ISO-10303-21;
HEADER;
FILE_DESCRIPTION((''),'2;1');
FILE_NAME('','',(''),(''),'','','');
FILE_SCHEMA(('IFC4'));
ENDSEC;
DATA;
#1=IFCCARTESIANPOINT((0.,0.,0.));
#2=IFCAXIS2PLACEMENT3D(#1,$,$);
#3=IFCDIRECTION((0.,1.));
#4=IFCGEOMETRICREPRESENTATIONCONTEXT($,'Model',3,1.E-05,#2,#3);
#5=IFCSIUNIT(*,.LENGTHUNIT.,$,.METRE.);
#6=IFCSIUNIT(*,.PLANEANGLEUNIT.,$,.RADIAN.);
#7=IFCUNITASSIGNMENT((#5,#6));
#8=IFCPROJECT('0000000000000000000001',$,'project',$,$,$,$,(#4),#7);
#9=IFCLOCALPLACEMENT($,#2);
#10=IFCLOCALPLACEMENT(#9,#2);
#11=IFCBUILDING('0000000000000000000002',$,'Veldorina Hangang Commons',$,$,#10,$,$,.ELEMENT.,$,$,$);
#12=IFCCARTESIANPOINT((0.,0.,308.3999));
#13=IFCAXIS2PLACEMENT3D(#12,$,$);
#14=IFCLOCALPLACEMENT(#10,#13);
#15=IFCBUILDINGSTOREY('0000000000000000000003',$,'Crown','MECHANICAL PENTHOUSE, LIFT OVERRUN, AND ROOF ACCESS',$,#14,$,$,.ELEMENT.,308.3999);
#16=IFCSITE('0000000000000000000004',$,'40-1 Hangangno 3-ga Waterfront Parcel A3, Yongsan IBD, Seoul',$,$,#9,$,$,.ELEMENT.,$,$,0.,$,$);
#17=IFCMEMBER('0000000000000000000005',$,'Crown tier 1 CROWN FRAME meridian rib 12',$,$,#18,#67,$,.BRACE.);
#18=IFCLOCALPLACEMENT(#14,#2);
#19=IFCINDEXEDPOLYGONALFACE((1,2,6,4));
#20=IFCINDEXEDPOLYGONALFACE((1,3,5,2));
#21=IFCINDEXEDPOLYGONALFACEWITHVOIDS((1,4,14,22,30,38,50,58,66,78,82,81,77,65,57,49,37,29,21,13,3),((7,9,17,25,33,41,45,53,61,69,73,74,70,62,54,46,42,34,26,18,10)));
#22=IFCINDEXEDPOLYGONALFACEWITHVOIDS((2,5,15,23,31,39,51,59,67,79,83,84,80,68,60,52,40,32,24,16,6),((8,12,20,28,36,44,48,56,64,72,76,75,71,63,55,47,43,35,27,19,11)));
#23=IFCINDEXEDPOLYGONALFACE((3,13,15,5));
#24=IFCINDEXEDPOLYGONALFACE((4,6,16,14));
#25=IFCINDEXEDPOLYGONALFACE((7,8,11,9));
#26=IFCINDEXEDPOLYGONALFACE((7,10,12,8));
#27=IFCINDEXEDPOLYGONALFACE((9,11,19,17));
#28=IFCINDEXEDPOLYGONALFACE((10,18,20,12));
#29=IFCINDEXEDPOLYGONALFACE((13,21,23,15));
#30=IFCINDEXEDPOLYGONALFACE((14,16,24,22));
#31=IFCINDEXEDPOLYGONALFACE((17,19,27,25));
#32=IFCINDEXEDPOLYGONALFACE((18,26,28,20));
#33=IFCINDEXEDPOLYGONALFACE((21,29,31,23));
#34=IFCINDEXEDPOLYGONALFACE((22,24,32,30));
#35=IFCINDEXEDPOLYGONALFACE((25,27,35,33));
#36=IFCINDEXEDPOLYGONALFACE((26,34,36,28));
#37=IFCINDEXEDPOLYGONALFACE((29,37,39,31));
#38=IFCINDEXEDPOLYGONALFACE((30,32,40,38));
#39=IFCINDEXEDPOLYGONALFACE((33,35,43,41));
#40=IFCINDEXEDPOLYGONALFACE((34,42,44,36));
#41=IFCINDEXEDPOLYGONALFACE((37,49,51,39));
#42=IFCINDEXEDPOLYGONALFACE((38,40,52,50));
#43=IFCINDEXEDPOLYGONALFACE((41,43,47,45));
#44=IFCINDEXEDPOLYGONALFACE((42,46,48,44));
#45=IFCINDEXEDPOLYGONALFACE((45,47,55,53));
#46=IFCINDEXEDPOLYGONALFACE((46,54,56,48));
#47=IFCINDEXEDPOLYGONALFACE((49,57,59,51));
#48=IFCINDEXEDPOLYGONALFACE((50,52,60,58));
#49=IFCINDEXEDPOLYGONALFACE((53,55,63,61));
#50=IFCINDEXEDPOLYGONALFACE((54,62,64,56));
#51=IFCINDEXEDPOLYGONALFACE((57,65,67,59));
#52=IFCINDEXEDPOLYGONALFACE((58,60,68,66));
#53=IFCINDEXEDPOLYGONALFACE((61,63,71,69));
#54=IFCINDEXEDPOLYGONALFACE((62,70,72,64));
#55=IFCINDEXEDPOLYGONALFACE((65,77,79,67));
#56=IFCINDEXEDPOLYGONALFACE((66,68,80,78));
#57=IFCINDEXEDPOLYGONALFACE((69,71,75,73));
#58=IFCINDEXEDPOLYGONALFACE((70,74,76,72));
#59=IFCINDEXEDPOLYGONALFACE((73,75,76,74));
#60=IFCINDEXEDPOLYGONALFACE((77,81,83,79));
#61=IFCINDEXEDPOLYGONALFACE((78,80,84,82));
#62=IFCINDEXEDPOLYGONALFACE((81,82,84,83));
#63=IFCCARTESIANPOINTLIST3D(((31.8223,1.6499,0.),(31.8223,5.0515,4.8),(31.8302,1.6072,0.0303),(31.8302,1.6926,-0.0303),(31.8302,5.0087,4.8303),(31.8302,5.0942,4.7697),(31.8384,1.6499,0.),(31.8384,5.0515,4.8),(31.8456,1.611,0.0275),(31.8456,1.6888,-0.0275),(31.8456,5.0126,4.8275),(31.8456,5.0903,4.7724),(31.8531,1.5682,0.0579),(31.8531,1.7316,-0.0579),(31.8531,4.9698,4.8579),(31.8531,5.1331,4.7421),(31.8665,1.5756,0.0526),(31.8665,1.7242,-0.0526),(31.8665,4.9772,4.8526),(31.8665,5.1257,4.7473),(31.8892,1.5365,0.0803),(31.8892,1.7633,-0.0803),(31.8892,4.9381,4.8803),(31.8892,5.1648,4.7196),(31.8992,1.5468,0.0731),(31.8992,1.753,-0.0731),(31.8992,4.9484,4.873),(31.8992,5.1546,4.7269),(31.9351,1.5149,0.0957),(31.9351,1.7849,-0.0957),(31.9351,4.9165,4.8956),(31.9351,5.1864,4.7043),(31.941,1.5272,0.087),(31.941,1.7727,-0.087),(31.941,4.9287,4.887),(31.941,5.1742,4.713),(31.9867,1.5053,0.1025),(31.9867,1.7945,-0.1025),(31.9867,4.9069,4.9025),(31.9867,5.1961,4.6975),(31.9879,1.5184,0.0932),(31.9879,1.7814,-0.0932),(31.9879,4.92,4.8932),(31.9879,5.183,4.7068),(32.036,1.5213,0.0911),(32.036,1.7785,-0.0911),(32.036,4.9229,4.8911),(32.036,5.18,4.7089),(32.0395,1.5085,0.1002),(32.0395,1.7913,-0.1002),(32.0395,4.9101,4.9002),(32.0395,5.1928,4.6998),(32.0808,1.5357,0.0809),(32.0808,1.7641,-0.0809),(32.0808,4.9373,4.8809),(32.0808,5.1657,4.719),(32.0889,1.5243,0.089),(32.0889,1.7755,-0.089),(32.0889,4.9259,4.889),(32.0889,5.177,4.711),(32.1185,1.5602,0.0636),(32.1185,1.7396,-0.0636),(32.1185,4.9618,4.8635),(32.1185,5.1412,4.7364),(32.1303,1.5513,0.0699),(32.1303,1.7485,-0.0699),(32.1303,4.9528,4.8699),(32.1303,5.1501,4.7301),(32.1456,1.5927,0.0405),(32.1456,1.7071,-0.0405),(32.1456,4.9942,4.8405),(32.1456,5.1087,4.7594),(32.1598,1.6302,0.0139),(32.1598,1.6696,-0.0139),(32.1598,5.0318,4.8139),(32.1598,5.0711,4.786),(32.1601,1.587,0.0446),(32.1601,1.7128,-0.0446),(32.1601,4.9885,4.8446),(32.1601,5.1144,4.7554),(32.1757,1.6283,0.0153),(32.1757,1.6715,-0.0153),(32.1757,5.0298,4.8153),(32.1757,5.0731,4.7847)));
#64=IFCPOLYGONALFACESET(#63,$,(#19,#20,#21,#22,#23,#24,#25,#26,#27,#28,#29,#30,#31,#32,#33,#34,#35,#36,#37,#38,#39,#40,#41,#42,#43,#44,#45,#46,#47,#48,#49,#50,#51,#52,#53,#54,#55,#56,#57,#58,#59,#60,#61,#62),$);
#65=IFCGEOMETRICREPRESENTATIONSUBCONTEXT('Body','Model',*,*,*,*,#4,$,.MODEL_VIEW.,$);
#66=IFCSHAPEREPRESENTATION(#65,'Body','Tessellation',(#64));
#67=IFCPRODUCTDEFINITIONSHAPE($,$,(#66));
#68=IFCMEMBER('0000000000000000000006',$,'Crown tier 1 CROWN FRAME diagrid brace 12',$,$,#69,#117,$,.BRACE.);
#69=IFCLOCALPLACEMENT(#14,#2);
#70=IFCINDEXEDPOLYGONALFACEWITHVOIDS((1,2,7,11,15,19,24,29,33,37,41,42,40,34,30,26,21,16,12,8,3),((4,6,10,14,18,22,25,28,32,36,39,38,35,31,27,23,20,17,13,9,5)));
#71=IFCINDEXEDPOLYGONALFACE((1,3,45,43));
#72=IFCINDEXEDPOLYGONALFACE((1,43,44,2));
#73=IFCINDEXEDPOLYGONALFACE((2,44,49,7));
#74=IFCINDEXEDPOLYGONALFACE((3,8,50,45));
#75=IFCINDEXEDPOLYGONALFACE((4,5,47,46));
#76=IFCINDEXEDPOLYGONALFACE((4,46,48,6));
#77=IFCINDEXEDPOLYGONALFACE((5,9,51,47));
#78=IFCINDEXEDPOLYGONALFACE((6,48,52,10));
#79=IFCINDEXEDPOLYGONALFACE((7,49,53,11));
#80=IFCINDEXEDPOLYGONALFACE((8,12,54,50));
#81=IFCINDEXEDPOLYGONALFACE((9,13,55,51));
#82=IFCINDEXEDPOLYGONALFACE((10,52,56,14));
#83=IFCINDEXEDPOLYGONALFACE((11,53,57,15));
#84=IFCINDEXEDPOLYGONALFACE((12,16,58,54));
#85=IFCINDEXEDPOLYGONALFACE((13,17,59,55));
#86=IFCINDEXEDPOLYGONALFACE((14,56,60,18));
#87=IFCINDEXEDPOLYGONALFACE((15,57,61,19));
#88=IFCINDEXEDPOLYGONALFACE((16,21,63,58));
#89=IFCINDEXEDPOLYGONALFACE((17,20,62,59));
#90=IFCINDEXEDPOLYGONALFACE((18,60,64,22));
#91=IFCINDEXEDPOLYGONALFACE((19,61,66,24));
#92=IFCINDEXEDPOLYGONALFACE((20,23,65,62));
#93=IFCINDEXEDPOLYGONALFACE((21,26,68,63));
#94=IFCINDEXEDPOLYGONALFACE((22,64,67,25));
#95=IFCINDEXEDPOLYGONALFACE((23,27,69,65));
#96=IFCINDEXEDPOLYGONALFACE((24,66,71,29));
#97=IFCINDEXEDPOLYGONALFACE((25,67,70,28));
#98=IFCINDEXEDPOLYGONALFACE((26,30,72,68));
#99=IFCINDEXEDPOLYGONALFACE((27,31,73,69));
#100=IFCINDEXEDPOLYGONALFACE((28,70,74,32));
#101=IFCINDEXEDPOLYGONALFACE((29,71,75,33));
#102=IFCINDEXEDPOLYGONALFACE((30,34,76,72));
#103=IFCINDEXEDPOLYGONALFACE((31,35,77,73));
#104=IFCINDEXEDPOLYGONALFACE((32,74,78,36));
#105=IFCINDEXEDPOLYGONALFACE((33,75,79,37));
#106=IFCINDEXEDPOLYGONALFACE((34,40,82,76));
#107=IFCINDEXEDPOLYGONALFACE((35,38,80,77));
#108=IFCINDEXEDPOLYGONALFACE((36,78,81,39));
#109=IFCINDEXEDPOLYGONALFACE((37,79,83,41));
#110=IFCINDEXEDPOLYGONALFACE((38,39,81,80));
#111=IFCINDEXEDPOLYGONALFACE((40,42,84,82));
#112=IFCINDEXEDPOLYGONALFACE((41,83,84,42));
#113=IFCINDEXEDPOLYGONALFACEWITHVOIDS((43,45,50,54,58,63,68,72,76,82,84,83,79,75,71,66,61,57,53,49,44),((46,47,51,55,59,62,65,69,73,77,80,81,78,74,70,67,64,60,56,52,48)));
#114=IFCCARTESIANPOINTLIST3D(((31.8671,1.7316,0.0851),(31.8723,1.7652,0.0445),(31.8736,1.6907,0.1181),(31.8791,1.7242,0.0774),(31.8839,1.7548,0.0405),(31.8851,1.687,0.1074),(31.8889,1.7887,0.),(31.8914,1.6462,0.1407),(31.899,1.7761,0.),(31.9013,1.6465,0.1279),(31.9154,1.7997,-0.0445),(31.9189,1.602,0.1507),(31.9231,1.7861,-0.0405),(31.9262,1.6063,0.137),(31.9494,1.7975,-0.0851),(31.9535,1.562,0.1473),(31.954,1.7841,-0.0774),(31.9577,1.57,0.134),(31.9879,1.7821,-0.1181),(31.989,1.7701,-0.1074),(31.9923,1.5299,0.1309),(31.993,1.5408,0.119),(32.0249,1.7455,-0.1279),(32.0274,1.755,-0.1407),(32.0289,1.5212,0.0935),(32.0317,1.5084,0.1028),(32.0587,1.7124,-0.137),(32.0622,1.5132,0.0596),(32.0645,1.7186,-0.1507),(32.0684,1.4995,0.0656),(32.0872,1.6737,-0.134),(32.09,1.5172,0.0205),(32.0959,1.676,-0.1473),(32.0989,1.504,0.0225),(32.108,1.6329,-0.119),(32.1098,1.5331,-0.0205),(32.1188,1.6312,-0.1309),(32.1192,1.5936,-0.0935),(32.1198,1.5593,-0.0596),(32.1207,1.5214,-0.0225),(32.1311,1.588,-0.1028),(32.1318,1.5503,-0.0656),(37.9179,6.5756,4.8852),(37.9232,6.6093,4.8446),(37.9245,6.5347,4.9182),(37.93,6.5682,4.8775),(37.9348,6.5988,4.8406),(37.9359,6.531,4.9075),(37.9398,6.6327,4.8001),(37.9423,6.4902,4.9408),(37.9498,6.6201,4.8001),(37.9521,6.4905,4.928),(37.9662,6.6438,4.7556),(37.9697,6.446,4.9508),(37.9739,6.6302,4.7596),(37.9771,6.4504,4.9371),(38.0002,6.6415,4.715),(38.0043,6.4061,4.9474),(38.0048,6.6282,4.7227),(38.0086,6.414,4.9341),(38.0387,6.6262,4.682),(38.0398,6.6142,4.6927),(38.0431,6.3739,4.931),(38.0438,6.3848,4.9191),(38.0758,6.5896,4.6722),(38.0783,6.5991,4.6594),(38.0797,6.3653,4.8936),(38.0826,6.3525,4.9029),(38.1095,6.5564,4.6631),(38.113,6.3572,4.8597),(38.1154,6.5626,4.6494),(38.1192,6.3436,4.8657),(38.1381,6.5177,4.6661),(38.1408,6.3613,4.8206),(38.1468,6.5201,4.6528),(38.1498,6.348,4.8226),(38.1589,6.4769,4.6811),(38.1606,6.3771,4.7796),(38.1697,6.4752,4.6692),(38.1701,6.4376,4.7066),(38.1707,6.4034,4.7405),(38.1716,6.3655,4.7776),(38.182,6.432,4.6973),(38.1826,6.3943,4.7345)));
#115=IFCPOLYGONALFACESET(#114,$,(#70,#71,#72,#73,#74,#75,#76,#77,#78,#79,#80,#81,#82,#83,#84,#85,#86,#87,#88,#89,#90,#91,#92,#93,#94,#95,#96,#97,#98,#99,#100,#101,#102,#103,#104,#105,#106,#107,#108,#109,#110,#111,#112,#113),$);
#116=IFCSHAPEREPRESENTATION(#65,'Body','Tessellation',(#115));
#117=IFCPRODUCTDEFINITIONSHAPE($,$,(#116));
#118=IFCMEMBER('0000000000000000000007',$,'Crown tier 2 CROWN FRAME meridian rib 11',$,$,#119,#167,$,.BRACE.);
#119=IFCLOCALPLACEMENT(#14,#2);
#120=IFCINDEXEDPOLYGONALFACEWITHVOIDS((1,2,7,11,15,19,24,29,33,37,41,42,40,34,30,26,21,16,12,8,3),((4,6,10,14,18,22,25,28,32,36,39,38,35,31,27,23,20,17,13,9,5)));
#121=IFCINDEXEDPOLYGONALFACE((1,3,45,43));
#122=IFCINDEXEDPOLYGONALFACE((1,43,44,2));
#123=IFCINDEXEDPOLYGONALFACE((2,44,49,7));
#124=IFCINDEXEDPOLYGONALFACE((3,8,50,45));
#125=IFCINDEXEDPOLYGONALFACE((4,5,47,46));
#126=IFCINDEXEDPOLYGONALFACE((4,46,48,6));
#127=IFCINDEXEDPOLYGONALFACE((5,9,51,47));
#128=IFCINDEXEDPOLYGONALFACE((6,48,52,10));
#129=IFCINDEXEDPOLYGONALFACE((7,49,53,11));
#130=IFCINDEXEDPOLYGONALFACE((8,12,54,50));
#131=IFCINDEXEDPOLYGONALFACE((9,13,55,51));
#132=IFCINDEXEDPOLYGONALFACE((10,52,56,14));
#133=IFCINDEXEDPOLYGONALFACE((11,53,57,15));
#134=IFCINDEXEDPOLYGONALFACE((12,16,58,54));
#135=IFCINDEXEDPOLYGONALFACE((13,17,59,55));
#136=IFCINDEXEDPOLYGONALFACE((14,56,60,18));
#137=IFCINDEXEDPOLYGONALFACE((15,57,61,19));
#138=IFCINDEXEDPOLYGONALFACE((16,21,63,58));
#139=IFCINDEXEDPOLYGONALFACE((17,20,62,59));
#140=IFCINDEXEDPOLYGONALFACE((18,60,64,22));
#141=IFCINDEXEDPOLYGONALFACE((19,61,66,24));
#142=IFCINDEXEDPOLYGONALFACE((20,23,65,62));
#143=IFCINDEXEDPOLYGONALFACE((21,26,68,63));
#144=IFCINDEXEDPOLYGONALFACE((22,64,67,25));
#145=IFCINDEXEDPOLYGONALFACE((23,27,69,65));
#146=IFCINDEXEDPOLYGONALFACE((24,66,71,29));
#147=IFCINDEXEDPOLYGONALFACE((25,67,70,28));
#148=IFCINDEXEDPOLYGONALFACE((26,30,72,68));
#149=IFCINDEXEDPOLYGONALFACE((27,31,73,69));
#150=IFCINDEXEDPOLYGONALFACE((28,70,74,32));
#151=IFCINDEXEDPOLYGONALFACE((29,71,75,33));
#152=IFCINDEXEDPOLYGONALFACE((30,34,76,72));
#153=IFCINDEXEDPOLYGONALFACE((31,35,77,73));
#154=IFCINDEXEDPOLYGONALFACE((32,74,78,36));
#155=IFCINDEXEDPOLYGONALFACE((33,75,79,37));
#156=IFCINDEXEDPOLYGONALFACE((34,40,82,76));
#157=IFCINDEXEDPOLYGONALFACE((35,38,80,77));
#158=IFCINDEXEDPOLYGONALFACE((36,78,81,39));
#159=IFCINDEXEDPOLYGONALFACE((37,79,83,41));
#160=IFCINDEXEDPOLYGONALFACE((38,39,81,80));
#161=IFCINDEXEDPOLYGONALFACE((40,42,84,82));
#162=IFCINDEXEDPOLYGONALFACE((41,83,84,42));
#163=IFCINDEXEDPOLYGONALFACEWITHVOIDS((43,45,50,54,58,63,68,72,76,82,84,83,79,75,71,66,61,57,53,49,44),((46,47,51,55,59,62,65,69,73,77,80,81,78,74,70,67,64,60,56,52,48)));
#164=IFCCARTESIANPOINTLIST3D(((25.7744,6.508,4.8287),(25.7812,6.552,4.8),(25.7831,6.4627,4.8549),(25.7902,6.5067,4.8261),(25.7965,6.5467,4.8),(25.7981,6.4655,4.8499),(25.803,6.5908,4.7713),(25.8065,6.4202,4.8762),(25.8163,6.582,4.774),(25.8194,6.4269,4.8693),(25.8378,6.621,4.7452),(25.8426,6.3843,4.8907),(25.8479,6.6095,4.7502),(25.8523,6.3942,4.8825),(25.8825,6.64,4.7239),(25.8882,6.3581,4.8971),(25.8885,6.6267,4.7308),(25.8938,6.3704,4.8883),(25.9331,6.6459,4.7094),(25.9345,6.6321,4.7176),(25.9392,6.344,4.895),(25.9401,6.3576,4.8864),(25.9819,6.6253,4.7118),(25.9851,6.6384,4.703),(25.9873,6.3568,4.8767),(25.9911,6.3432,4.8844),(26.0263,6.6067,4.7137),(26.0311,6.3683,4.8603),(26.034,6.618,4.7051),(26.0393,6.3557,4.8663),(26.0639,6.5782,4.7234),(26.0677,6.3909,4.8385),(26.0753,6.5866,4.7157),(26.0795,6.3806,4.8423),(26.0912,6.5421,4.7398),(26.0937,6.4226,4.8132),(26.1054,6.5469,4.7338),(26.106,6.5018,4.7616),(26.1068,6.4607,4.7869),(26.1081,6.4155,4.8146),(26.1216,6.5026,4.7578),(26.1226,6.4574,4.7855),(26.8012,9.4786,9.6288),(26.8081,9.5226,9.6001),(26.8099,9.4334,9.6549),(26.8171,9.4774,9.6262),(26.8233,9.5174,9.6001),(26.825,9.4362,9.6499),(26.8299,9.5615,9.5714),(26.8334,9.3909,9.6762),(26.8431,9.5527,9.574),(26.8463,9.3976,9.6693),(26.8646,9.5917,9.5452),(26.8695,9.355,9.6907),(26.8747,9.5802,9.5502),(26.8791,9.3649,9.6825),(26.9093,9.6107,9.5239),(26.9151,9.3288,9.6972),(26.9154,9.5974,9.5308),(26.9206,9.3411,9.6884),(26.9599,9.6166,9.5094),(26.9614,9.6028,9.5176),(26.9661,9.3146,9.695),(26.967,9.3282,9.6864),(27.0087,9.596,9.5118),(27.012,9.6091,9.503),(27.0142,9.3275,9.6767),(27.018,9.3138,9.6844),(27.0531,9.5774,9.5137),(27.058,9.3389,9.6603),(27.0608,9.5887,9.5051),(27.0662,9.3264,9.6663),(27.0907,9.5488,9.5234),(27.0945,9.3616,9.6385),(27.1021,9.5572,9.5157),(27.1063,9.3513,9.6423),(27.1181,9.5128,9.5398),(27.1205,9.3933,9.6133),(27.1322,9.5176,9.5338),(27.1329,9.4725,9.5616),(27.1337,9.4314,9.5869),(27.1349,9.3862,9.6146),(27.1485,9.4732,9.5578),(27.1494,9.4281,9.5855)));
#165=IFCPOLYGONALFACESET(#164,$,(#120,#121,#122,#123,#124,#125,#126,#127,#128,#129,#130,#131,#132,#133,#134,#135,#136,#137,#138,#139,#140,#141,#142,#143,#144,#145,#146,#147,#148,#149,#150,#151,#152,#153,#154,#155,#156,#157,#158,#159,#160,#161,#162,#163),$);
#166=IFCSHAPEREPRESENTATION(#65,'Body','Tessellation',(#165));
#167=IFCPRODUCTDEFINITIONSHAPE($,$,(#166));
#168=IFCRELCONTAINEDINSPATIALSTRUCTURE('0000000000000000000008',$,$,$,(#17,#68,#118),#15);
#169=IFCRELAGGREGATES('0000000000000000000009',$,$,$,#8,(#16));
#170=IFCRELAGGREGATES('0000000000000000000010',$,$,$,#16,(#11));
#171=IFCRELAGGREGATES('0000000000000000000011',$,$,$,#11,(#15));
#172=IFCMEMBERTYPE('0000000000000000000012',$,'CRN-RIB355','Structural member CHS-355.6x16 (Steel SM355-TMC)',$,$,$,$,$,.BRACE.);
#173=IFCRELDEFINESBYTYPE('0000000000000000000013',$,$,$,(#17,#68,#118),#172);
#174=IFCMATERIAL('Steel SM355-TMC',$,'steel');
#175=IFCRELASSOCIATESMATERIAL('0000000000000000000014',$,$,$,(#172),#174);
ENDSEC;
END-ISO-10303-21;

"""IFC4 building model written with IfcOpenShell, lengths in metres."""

from ifc_helpers import new_model, si_unit, direction, frame, origin, origin_2d, place, context, subcontext, project, spatial, hollow_circle, extrude, material, material_profile, profile_set, type_object, element, save


model = new_model("IFC4")

# Units and contexts
model_context = context("Model", 3, precision=1e-05, world=origin(), true_north=direction((0.0, 1.0)))
body_context = subcontext(model_context, "Body", "Model", "MODEL_VIEW")
ifc_project = project(units=[si_unit("LENGTHUNIT", "METRE"), si_unit("PLANEANGLEUNIT", "RADIAN")], contexts=[model_context])

# Site, building, storey
site_placement = place(None, origin())
site = spatial("IfcSite", under=ifc_project, at=site_placement, Name="40-1 Hangangno 3-ga Waterfront Parcel A3, Yongsan IBD, Seoul", CompositionType="ELEMENT", RefElevation=0.0)
building_placement = place(site_placement, origin())
building = spatial("IfcBuilding", under=site, at=building_placement, Name="Veldorina Hangang Commons", CompositionType="ELEMENT")
storey_placement = place(building_placement, frame((0.0, 0.0, 308.3999)))
storey = spatial("IfcBuildingStorey", under=building, at=storey_placement, Name="Crown", Description="MECHANICAL PENTHOUSE, LIFT OVERRUN, AND ROOF ACCESS", CompositionType="ELEMENT", Elevation=308.3999)

# Members
ifc_material_1 = material(Name="Steel SM355-TMC", Category="steel")
ifc_material_profile_1 = material_profile(ifc_material_1, hollow_circle(Radius=0.1777, WallThickness=0.0161, at=origin_2d()), Name="CHS-355.6x16")
ifc_profile_set_1 = profile_set([ifc_material_profile_1], Name="Steel SM355-TMC")
member_type_1 = type_object("IfcMemberType", Name="CRN-RIB355", Description="Structural member CHS-355.6x16 (Steel SM355-TMC)", PredefinedType="BRACE", material=ifc_profile_set_1)
member_1_placement = place(storey_placement, frame((32.0, 1.6499, 0.0), z_axis=(0.0, 0.578196, 0.815898), x_axis=(-1.0, 0.0, 0.0)))
element("IfcMember", 1, at=member_1_placement, inside=storey, type_object=member_type_1, Name="Crown tier 1 CROWN FRAME meridian rib 12", PredefinedType="BRACE", context=body_context, shape_type="SweptSolid", body=[
    extrude(hollow_circle(Radius=0.1777, WallThickness=0.0161, at=origin_2d()), origin(), (0.0, 0.0, 1.0), 5.8831),
])
member_2_placement = place(storey_placement, frame((32.0, 1.6499, 0.0), z_axis=(0.663693, 0.531324, 0.526504), x_axis=(-0.62496, 0.780657, 0.0)))
element("IfcMember", 2, at=member_2_placement, inside=storey, type_object=member_type_1, Name="Crown tier 1 CROWN FRAME diagrid brace 12", PredefinedType="BRACE", context=body_context, shape_type="SweptSolid", body=[
    extrude(hollow_circle(Radius=0.1777, WallThickness=0.0161, at=origin_2d()), origin(), (0.0, 0.0, 1.0), 9.1169),
])
member_3_placement = place(storey_placement, frame((25.9492, 6.4939, 4.8), z_axis=(0.17897, 0.517761, 0.836596), x_axis=(-0.94513, 0.326694, 0.0)))
element("IfcMember", 3, at=member_3_placement, inside=storey, type_object=member_type_1, Name="Crown tier 2 CROWN FRAME meridian rib 11", PredefinedType="BRACE", context=body_context, shape_type="SweptSolid", body=[
    extrude(hollow_circle(Radius=0.1777, WallThickness=0.0161, at=origin_2d()), origin(), (0.0, 0.0, 1.0), 5.7375),
])

save(model, "model.ifc")
